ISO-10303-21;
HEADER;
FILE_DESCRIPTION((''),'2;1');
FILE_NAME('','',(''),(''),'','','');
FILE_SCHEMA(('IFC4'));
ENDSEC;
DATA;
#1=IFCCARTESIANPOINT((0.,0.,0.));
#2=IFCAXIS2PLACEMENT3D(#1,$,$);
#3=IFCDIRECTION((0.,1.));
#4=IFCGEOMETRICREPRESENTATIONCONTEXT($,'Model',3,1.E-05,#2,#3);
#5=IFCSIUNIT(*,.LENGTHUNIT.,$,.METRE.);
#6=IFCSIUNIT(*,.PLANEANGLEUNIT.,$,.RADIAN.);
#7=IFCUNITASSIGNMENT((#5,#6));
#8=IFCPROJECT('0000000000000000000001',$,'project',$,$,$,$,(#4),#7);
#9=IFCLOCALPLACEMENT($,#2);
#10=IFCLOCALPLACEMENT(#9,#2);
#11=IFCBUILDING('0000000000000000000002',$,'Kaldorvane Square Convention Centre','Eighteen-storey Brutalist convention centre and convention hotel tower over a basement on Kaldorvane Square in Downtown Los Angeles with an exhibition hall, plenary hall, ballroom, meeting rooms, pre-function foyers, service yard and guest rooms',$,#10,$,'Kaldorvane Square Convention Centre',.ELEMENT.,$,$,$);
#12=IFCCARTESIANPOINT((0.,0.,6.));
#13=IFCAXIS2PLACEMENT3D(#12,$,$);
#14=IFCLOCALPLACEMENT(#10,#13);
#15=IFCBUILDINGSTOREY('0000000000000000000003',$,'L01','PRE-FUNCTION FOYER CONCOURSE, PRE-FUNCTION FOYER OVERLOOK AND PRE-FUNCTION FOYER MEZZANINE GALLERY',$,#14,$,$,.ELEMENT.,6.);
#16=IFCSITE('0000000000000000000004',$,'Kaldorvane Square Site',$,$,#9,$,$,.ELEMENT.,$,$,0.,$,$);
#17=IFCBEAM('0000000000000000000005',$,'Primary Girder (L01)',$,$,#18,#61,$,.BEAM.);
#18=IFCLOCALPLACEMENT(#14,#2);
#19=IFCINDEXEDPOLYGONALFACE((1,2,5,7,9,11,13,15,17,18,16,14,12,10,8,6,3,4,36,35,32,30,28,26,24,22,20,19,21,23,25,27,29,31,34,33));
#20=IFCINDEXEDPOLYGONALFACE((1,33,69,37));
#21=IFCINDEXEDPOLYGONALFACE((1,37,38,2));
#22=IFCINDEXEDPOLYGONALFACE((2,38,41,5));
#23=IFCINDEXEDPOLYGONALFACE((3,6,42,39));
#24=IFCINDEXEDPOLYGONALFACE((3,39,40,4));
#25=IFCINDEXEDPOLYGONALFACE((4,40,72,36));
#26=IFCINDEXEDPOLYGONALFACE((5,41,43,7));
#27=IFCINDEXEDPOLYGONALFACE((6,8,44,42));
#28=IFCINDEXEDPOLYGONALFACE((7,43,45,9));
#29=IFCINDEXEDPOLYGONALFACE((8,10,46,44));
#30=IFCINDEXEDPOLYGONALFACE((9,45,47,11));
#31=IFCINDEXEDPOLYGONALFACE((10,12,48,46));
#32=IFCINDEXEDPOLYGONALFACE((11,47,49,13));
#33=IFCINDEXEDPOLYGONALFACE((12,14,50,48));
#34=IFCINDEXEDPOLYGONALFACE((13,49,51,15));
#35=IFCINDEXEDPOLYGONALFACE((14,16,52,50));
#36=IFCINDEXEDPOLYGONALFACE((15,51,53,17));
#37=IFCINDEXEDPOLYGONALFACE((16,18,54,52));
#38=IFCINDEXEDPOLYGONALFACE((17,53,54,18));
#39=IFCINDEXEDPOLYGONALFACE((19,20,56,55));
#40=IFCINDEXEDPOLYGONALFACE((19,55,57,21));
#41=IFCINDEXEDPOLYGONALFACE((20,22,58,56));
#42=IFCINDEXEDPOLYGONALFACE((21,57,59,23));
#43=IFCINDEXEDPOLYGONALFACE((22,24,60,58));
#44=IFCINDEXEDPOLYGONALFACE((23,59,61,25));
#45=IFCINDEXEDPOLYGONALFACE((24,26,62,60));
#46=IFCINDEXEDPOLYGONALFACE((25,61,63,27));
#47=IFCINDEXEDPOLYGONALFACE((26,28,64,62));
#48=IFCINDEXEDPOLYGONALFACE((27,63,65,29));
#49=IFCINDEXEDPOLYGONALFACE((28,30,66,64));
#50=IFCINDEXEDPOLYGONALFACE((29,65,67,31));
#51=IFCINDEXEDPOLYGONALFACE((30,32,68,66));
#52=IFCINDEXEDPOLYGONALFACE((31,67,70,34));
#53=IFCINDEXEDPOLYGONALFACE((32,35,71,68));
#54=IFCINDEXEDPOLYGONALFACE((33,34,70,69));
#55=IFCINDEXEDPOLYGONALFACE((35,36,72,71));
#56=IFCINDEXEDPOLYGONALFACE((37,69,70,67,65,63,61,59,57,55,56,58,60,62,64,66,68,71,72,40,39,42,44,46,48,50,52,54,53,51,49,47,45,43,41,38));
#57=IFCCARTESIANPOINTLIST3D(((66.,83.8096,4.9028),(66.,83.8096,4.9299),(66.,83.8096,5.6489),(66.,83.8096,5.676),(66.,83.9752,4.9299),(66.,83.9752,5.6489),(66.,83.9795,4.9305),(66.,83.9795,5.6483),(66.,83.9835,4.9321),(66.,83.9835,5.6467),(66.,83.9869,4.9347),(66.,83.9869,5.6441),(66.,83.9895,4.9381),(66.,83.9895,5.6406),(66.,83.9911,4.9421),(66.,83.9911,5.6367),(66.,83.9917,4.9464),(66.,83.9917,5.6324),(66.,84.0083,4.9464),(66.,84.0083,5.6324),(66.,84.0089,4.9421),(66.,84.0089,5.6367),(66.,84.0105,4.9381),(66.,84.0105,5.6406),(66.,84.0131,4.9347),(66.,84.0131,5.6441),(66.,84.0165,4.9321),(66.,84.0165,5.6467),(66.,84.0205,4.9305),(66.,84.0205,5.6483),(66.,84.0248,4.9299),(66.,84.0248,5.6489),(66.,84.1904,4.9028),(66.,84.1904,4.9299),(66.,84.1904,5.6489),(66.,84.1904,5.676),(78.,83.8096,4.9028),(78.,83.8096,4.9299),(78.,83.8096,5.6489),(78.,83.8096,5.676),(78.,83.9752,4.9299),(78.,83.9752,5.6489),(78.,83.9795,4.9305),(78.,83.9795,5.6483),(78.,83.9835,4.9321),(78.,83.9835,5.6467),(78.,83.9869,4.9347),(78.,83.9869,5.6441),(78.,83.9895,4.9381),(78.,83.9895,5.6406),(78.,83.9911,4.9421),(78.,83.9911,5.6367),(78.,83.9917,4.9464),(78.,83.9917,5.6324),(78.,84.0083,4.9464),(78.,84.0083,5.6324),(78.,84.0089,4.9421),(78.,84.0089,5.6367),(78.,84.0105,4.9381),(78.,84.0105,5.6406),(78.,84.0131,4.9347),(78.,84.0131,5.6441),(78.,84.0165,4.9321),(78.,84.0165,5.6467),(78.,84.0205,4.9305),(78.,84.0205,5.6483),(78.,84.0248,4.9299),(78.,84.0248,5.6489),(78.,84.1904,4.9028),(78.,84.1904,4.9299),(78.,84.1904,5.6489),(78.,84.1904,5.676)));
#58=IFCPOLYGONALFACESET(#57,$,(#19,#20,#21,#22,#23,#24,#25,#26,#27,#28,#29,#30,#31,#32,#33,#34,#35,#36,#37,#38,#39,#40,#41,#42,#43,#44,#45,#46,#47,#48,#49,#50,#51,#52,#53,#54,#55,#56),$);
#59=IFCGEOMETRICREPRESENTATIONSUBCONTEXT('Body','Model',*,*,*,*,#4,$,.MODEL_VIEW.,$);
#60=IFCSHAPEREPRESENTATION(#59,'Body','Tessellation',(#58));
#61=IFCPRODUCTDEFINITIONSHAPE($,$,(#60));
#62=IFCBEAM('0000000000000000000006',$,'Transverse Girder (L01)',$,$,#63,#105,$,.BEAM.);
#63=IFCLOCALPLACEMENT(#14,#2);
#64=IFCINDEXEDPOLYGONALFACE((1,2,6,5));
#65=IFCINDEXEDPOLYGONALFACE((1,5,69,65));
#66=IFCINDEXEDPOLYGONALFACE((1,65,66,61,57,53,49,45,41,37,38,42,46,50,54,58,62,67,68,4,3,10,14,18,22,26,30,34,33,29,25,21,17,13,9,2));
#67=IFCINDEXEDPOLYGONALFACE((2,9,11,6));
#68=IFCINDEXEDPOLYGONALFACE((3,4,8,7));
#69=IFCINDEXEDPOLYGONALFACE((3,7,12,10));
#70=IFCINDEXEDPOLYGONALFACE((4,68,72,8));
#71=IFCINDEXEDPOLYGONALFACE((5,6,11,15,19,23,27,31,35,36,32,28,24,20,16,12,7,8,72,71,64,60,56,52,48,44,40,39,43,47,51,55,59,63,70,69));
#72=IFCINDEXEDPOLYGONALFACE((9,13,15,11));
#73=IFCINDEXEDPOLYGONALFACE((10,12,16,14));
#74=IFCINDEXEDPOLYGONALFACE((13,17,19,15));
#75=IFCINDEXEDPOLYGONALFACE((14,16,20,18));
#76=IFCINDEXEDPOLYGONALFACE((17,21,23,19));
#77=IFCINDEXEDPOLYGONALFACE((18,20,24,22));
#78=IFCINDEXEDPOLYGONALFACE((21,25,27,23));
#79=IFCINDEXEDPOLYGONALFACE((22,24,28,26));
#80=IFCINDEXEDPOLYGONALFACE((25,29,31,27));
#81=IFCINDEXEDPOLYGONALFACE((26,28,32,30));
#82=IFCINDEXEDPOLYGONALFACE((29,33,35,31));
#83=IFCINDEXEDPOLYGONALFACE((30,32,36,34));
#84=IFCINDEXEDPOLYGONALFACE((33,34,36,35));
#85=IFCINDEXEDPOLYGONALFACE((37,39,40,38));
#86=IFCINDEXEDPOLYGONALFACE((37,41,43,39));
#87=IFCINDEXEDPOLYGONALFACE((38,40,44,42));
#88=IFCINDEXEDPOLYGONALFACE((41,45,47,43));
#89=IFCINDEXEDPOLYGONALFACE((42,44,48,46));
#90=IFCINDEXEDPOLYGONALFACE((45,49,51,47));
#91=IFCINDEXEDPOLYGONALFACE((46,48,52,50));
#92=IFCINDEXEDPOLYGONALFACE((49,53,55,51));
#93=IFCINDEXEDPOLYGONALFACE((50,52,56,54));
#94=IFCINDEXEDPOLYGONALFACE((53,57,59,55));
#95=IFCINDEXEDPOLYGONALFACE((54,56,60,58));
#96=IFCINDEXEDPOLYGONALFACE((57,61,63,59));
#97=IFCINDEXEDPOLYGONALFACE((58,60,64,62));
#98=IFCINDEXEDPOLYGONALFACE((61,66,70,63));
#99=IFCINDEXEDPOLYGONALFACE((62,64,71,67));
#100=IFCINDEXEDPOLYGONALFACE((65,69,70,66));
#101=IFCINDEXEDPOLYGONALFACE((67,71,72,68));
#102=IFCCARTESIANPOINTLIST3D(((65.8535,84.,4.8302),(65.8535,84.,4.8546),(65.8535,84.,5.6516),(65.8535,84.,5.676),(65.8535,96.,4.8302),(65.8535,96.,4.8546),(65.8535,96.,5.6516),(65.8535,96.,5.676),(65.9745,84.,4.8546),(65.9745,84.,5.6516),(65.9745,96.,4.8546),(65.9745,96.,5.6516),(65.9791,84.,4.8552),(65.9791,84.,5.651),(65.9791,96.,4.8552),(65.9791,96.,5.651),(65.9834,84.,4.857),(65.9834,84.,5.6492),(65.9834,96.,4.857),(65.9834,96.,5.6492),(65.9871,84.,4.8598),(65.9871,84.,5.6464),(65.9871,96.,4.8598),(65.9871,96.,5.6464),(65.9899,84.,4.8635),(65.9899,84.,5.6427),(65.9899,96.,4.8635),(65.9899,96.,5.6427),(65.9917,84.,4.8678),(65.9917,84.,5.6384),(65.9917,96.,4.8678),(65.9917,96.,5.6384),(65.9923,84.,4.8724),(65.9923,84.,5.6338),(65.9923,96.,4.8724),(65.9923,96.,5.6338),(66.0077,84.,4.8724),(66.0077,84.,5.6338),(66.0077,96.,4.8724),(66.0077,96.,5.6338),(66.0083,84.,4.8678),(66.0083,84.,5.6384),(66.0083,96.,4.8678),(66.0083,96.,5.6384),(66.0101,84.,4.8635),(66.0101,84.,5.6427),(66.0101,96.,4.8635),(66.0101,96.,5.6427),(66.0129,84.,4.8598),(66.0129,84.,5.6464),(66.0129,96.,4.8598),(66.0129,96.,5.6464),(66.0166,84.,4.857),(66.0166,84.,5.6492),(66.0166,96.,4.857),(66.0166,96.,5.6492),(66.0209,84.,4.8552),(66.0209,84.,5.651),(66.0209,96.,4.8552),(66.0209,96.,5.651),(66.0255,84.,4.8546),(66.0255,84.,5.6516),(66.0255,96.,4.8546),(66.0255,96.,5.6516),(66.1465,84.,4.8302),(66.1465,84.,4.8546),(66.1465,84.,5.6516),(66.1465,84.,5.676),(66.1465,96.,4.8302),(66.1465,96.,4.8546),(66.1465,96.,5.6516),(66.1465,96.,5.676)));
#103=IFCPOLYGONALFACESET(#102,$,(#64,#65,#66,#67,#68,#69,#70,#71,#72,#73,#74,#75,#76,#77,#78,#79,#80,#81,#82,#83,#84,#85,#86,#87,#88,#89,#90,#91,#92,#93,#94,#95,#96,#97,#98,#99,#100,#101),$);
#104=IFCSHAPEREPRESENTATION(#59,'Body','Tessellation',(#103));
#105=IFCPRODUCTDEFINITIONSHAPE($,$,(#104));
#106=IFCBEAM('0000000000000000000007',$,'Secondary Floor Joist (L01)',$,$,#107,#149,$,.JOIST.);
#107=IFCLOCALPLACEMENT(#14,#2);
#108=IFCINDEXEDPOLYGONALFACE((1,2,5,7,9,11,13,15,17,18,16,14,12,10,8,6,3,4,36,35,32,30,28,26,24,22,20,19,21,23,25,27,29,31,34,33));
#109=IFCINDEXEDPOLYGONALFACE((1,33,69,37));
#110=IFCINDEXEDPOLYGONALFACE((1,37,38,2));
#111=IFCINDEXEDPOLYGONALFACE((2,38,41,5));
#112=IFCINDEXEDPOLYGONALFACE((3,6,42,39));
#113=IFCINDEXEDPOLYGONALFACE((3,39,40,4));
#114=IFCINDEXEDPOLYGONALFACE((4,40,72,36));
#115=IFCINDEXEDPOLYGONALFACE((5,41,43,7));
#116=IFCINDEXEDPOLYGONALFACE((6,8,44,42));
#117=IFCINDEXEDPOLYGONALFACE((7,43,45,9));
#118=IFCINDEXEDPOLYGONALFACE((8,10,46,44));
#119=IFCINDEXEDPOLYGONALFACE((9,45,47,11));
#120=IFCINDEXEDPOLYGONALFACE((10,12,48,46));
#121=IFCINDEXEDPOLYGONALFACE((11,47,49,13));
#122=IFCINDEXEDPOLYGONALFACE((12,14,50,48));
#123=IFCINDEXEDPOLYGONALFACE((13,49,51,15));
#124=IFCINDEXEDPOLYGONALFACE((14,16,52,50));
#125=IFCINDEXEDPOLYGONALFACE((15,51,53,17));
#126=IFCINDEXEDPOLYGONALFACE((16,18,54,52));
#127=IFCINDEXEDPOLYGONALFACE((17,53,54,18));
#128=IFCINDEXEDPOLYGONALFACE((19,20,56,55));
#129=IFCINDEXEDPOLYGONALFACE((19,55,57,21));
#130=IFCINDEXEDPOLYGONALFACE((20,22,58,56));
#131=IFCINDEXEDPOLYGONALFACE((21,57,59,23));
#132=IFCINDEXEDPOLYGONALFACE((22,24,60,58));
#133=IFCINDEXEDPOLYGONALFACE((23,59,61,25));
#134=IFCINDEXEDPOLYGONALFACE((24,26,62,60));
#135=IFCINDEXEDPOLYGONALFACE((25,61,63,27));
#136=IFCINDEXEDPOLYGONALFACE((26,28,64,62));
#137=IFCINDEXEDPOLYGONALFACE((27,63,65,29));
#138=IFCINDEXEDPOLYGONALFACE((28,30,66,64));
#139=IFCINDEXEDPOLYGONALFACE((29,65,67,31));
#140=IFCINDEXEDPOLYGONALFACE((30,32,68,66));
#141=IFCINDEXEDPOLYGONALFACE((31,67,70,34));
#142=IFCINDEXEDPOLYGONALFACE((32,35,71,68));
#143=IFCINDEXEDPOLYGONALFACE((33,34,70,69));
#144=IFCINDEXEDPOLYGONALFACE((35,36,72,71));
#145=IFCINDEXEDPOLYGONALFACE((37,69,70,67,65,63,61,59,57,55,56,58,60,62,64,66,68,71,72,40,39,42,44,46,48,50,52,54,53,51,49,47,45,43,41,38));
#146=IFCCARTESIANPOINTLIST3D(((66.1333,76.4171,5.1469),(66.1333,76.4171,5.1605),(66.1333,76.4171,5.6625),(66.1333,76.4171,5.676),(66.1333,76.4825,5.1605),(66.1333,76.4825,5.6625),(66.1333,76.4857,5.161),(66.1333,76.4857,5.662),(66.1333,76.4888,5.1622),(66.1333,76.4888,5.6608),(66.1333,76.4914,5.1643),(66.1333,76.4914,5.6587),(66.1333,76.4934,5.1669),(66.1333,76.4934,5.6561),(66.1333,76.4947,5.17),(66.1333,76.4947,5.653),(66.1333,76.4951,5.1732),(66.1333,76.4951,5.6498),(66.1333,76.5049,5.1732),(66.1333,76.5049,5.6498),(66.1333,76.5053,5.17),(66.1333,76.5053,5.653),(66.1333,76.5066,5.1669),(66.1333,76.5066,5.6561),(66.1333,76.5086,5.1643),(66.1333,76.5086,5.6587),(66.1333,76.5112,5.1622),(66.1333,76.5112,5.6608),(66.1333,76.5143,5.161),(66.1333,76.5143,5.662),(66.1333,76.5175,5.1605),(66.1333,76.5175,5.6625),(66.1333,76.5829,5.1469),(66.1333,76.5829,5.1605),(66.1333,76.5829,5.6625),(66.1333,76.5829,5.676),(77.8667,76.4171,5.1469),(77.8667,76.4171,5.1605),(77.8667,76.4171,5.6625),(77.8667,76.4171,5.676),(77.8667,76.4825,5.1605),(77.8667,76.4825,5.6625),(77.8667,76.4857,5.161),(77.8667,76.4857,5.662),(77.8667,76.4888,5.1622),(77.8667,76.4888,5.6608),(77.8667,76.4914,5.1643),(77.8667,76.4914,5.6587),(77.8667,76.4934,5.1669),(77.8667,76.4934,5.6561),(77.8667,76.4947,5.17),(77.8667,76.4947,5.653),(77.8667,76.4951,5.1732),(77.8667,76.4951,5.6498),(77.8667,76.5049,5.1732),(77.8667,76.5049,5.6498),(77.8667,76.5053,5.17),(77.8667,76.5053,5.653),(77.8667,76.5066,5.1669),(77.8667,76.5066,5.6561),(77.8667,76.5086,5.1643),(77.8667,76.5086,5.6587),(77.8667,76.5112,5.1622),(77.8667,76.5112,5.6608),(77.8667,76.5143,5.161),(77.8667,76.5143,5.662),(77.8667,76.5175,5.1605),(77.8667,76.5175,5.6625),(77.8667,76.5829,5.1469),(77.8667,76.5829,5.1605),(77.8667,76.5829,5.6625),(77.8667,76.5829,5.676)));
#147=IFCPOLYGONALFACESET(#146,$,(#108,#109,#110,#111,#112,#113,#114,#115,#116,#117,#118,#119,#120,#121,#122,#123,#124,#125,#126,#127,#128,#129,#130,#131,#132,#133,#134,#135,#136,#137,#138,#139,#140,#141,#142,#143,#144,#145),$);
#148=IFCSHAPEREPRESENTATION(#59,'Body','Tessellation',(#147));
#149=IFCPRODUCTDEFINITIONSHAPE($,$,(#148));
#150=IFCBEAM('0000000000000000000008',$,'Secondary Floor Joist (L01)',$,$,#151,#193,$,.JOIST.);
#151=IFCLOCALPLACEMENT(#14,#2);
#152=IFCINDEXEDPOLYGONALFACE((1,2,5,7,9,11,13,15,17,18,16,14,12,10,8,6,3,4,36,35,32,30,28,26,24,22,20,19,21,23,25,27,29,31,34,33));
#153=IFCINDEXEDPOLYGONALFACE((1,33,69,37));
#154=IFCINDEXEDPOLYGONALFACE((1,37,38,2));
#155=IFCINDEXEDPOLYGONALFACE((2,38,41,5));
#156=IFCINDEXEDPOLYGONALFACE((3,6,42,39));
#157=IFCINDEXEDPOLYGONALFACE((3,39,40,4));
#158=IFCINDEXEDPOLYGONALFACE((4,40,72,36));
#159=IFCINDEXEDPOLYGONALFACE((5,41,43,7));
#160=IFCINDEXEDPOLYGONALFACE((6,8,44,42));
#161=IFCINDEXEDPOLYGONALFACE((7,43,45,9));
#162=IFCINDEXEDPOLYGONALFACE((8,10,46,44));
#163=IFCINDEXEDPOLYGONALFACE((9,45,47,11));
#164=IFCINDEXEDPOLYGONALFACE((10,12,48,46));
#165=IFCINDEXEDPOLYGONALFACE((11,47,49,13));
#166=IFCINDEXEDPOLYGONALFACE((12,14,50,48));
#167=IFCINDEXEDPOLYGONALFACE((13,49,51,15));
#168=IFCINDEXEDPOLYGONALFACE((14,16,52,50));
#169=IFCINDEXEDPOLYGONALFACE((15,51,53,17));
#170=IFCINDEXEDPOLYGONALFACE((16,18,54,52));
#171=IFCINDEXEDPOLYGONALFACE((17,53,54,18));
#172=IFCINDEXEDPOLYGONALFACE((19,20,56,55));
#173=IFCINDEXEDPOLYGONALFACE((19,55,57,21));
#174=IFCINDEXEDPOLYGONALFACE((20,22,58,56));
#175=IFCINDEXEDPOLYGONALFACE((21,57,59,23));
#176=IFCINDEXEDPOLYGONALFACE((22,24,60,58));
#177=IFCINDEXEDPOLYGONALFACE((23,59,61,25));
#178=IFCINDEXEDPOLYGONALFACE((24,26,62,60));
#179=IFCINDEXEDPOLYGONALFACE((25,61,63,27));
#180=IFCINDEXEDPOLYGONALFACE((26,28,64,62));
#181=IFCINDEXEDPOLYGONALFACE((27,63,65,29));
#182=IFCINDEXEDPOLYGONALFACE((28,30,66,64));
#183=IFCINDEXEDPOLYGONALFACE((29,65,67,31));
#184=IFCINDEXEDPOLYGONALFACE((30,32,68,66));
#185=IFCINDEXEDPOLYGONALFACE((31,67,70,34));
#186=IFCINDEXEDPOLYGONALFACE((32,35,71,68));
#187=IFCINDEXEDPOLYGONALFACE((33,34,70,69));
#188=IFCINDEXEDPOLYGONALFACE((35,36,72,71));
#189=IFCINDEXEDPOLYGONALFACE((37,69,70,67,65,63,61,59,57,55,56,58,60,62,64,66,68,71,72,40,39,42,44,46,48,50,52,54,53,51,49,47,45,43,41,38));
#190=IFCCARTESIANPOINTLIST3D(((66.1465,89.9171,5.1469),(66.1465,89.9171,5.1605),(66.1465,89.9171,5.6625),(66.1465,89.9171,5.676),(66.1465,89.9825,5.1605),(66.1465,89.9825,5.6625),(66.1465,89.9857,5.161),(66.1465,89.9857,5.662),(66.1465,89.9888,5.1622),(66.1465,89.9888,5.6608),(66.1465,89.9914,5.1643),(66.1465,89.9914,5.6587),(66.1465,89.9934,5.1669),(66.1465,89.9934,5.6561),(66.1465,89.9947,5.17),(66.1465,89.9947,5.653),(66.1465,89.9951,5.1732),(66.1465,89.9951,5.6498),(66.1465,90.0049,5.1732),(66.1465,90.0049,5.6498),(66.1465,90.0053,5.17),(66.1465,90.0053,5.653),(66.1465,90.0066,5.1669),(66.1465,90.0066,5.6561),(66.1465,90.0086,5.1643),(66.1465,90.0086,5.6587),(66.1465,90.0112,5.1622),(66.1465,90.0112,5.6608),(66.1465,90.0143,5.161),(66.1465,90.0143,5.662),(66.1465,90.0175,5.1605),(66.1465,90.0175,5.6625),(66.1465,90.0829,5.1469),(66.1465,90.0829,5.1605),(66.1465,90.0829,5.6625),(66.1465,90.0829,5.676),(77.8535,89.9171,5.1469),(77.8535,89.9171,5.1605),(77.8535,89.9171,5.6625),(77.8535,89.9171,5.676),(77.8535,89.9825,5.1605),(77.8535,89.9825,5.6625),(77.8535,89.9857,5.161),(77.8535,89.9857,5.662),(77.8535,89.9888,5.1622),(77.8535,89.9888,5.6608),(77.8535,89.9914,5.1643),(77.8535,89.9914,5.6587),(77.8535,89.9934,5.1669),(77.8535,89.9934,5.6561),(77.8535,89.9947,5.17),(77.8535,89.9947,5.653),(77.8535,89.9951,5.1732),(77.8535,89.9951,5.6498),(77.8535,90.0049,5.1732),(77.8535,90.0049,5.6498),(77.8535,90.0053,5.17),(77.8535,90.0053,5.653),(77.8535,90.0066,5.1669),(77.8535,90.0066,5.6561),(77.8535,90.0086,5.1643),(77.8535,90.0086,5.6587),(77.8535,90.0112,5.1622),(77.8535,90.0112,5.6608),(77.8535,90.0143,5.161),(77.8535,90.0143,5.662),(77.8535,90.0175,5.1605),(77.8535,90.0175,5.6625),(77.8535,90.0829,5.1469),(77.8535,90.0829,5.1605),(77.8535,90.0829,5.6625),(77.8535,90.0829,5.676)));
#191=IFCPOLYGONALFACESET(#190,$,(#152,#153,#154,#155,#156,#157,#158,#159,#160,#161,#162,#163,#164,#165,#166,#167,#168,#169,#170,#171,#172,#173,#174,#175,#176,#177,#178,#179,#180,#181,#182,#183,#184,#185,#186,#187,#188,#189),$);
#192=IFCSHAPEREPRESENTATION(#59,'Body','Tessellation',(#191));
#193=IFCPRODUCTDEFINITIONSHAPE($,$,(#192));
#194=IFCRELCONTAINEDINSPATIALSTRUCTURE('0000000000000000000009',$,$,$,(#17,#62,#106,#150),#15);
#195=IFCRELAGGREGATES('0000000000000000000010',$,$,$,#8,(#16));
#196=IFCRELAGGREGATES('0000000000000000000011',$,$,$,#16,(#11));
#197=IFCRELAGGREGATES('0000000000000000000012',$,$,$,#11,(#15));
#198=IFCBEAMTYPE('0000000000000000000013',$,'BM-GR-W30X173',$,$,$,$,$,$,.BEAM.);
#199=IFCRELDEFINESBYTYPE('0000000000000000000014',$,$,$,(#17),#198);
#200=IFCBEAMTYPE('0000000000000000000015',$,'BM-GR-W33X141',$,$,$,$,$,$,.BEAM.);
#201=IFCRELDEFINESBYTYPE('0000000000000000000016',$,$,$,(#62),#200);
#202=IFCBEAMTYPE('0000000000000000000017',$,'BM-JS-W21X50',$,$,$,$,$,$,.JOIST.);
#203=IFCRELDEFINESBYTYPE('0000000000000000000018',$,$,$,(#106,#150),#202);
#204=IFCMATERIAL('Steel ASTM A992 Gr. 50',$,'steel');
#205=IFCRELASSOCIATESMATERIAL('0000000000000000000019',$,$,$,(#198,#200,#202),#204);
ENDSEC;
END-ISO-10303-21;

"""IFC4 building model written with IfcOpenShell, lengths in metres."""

from ifc_helpers import new_model, si_unit, direction, frame, origin, origin_2d, place, context, subcontext, project, spatial, i_section, extrude, material, material_profile, profile_set, type_object, element, save


model = new_model("IFC4")

# Units and contexts
model_context = context("Model", 3, precision=1e-05, world=origin(), true_north=direction((0.0, 1.0)))
body_context = subcontext(model_context, "Body", "Model", "MODEL_VIEW")
ifc_project = project(units=[si_unit("LENGTHUNIT", "METRE"), si_unit("PLANEANGLEUNIT", "RADIAN")], contexts=[model_context])

# Site, building, storey
site_placement = place(None, origin())
site = spatial("IfcSite", under=ifc_project, at=site_placement, Name="Kaldorvane Square Site", CompositionType="ELEMENT", RefElevation=0.0)
building_placement = place(site_placement, origin())
building = spatial("IfcBuilding", under=site, at=building_placement, Name="Kaldorvane Square Convention Centre", Description="Eighteen-storey Brutalist convention centre and convention hotel tower over a basement on Kaldorvane Square in Downtown Los Angeles with an exhibition hall, plenary hall, ballroom, meeting rooms, pre-function foyers, service yard and guest rooms", LongName="Kaldorvane Square Convention Centre", CompositionType="ELEMENT")
storey_placement = place(building_placement, frame((0.0, 0.0, 6.0)))
storey = spatial("IfcBuildingStorey", under=building, at=storey_placement, Name="L01", Description="PRE-FUNCTION FOYER CONCOURSE, PRE-FUNCTION FOYER OVERLOOK AND PRE-FUNCTION FOYER MEZZANINE GALLERY", CompositionType="ELEMENT", Elevation=6.0)

# Shared definitions
ifc_material_1 = material(Name="Steel ASTM A992 Gr. 50", Category="steel")

# Beams
ifc_material_profile_1 = material_profile(ifc_material_1, i_section(OverallWidth=0.3807, OverallDepth=0.7732, WebThickness=0.0166, FlangeThickness=0.0271, FilletRadius=0.0165, at=origin_2d()), Name="W30X173")
ifc_profile_set_1 = profile_set([ifc_material_profile_1], Name="Steel ASTM A992 Gr. 50")
beam_type_1 = type_object("IfcBeamType", Name="BM-GR-W30X173", PredefinedType="BEAM", material=ifc_profile_set_1)
for number, where, z_axis, x_axis, name in (
    (1, (66.0, 84.0, 5.2894), (1.0, 0.0, 0.0), (0.0, 1.0, 0.0), "Primary Girder (L01)"),
):
    element("IfcBeam", number, at=place(storey_placement, frame(where, z_axis=z_axis, x_axis=x_axis)), inside=storey, type_object=beam_type_1, Name=name, PredefinedType="BEAM", context=body_context, shape_type="SweptSolid", body=[
        extrude(i_section(OverallWidth=0.3807, OverallDepth=0.7732, WebThickness=0.0166, FlangeThickness=0.0271, FilletRadius=0.0165, at=origin_2d()), origin(), (0.0, 0.0, 1.0), 12.0),
    ])
ifc_material_profile_2 = material_profile(ifc_material_1, i_section(OverallWidth=0.293, OverallDepth=0.8458, WebThickness=0.0154, FlangeThickness=0.0244, FilletRadius=0.0178, at=origin_2d()), Name="W33X141")
ifc_profile_set_2 = profile_set([ifc_material_profile_2], Name="Steel ASTM A992 Gr. 50")
beam_type_2 = type_object("IfcBeamType", Name="BM-GR-W33X141", PredefinedType="BEAM", material=ifc_profile_set_2)
beam_1_placement = place(storey_placement, frame((66.0, 84.0, 5.2531), z_axis=(0.0, 1.0, 0.0), x_axis=(-1.0, 0.0, 0.0)))
element("IfcBeam", 2, at=beam_1_placement, inside=storey, type_object=beam_type_2, Name="Transverse Girder (L01)", PredefinedType="BEAM", context=body_context, shape_type="SweptSolid", body=[
    extrude(i_section(OverallWidth=0.293, OverallDepth=0.8458, WebThickness=0.0154, FlangeThickness=0.0244, FilletRadius=0.0178, at=origin_2d()), origin(), (0.0, 0.0, 1.0), 12.0),
])
ifc_material_profile_3 = material_profile(ifc_material_1, i_section(OverallWidth=0.1659, OverallDepth=0.5291, WebThickness=0.0097, FlangeThickness=0.0136, FilletRadius=0.0127, at=origin_2d()), Name="W21X50")
ifc_profile_set_3 = profile_set([ifc_material_profile_3], Name="Steel ASTM A992 Gr. 50")
beam_type_3 = type_object("IfcBeamType", Name="BM-JS-W21X50", PredefinedType="JOIST", material=ifc_profile_set_3)
beam_2_placement = place(storey_placement, frame((66.1333, 76.5, 5.4115), z_axis=(1.0, 0.0, 0.0), x_axis=(0.0, 1.0, 0.0)))
element("IfcBeam", 3, at=beam_2_placement, inside=storey, type_object=beam_type_3, Name="Secondary Floor Joist (L01)", PredefinedType="JOIST", context=body_context, shape_type="SweptSolid", body=[
    extrude(i_section(OverallWidth=0.1659, OverallDepth=0.5291, WebThickness=0.0097, FlangeThickness=0.0136, FilletRadius=0.0127, at=origin_2d()), origin(), (0.0, 0.0, 1.0), 11.7334),
])
beam_3_placement = place(storey_placement, frame((66.1465, 90.0, 5.4115), z_axis=(1.0, 0.0, 0.0), x_axis=(0.0, 1.0, 0.0)))
element("IfcBeam", 4, at=beam_3_placement, inside=storey, type_object=beam_type_3, Name="Secondary Floor Joist (L01)", PredefinedType="JOIST", context=body_context, shape_type="SweptSolid", body=[
    extrude(i_section(OverallWidth=0.1659, OverallDepth=0.5291, WebThickness=0.0097, FlangeThickness=0.0136, FilletRadius=0.0127, at=origin_2d()), origin(), (0.0, 0.0, 1.0), 11.707),
])

save(model, "model.ifc")
